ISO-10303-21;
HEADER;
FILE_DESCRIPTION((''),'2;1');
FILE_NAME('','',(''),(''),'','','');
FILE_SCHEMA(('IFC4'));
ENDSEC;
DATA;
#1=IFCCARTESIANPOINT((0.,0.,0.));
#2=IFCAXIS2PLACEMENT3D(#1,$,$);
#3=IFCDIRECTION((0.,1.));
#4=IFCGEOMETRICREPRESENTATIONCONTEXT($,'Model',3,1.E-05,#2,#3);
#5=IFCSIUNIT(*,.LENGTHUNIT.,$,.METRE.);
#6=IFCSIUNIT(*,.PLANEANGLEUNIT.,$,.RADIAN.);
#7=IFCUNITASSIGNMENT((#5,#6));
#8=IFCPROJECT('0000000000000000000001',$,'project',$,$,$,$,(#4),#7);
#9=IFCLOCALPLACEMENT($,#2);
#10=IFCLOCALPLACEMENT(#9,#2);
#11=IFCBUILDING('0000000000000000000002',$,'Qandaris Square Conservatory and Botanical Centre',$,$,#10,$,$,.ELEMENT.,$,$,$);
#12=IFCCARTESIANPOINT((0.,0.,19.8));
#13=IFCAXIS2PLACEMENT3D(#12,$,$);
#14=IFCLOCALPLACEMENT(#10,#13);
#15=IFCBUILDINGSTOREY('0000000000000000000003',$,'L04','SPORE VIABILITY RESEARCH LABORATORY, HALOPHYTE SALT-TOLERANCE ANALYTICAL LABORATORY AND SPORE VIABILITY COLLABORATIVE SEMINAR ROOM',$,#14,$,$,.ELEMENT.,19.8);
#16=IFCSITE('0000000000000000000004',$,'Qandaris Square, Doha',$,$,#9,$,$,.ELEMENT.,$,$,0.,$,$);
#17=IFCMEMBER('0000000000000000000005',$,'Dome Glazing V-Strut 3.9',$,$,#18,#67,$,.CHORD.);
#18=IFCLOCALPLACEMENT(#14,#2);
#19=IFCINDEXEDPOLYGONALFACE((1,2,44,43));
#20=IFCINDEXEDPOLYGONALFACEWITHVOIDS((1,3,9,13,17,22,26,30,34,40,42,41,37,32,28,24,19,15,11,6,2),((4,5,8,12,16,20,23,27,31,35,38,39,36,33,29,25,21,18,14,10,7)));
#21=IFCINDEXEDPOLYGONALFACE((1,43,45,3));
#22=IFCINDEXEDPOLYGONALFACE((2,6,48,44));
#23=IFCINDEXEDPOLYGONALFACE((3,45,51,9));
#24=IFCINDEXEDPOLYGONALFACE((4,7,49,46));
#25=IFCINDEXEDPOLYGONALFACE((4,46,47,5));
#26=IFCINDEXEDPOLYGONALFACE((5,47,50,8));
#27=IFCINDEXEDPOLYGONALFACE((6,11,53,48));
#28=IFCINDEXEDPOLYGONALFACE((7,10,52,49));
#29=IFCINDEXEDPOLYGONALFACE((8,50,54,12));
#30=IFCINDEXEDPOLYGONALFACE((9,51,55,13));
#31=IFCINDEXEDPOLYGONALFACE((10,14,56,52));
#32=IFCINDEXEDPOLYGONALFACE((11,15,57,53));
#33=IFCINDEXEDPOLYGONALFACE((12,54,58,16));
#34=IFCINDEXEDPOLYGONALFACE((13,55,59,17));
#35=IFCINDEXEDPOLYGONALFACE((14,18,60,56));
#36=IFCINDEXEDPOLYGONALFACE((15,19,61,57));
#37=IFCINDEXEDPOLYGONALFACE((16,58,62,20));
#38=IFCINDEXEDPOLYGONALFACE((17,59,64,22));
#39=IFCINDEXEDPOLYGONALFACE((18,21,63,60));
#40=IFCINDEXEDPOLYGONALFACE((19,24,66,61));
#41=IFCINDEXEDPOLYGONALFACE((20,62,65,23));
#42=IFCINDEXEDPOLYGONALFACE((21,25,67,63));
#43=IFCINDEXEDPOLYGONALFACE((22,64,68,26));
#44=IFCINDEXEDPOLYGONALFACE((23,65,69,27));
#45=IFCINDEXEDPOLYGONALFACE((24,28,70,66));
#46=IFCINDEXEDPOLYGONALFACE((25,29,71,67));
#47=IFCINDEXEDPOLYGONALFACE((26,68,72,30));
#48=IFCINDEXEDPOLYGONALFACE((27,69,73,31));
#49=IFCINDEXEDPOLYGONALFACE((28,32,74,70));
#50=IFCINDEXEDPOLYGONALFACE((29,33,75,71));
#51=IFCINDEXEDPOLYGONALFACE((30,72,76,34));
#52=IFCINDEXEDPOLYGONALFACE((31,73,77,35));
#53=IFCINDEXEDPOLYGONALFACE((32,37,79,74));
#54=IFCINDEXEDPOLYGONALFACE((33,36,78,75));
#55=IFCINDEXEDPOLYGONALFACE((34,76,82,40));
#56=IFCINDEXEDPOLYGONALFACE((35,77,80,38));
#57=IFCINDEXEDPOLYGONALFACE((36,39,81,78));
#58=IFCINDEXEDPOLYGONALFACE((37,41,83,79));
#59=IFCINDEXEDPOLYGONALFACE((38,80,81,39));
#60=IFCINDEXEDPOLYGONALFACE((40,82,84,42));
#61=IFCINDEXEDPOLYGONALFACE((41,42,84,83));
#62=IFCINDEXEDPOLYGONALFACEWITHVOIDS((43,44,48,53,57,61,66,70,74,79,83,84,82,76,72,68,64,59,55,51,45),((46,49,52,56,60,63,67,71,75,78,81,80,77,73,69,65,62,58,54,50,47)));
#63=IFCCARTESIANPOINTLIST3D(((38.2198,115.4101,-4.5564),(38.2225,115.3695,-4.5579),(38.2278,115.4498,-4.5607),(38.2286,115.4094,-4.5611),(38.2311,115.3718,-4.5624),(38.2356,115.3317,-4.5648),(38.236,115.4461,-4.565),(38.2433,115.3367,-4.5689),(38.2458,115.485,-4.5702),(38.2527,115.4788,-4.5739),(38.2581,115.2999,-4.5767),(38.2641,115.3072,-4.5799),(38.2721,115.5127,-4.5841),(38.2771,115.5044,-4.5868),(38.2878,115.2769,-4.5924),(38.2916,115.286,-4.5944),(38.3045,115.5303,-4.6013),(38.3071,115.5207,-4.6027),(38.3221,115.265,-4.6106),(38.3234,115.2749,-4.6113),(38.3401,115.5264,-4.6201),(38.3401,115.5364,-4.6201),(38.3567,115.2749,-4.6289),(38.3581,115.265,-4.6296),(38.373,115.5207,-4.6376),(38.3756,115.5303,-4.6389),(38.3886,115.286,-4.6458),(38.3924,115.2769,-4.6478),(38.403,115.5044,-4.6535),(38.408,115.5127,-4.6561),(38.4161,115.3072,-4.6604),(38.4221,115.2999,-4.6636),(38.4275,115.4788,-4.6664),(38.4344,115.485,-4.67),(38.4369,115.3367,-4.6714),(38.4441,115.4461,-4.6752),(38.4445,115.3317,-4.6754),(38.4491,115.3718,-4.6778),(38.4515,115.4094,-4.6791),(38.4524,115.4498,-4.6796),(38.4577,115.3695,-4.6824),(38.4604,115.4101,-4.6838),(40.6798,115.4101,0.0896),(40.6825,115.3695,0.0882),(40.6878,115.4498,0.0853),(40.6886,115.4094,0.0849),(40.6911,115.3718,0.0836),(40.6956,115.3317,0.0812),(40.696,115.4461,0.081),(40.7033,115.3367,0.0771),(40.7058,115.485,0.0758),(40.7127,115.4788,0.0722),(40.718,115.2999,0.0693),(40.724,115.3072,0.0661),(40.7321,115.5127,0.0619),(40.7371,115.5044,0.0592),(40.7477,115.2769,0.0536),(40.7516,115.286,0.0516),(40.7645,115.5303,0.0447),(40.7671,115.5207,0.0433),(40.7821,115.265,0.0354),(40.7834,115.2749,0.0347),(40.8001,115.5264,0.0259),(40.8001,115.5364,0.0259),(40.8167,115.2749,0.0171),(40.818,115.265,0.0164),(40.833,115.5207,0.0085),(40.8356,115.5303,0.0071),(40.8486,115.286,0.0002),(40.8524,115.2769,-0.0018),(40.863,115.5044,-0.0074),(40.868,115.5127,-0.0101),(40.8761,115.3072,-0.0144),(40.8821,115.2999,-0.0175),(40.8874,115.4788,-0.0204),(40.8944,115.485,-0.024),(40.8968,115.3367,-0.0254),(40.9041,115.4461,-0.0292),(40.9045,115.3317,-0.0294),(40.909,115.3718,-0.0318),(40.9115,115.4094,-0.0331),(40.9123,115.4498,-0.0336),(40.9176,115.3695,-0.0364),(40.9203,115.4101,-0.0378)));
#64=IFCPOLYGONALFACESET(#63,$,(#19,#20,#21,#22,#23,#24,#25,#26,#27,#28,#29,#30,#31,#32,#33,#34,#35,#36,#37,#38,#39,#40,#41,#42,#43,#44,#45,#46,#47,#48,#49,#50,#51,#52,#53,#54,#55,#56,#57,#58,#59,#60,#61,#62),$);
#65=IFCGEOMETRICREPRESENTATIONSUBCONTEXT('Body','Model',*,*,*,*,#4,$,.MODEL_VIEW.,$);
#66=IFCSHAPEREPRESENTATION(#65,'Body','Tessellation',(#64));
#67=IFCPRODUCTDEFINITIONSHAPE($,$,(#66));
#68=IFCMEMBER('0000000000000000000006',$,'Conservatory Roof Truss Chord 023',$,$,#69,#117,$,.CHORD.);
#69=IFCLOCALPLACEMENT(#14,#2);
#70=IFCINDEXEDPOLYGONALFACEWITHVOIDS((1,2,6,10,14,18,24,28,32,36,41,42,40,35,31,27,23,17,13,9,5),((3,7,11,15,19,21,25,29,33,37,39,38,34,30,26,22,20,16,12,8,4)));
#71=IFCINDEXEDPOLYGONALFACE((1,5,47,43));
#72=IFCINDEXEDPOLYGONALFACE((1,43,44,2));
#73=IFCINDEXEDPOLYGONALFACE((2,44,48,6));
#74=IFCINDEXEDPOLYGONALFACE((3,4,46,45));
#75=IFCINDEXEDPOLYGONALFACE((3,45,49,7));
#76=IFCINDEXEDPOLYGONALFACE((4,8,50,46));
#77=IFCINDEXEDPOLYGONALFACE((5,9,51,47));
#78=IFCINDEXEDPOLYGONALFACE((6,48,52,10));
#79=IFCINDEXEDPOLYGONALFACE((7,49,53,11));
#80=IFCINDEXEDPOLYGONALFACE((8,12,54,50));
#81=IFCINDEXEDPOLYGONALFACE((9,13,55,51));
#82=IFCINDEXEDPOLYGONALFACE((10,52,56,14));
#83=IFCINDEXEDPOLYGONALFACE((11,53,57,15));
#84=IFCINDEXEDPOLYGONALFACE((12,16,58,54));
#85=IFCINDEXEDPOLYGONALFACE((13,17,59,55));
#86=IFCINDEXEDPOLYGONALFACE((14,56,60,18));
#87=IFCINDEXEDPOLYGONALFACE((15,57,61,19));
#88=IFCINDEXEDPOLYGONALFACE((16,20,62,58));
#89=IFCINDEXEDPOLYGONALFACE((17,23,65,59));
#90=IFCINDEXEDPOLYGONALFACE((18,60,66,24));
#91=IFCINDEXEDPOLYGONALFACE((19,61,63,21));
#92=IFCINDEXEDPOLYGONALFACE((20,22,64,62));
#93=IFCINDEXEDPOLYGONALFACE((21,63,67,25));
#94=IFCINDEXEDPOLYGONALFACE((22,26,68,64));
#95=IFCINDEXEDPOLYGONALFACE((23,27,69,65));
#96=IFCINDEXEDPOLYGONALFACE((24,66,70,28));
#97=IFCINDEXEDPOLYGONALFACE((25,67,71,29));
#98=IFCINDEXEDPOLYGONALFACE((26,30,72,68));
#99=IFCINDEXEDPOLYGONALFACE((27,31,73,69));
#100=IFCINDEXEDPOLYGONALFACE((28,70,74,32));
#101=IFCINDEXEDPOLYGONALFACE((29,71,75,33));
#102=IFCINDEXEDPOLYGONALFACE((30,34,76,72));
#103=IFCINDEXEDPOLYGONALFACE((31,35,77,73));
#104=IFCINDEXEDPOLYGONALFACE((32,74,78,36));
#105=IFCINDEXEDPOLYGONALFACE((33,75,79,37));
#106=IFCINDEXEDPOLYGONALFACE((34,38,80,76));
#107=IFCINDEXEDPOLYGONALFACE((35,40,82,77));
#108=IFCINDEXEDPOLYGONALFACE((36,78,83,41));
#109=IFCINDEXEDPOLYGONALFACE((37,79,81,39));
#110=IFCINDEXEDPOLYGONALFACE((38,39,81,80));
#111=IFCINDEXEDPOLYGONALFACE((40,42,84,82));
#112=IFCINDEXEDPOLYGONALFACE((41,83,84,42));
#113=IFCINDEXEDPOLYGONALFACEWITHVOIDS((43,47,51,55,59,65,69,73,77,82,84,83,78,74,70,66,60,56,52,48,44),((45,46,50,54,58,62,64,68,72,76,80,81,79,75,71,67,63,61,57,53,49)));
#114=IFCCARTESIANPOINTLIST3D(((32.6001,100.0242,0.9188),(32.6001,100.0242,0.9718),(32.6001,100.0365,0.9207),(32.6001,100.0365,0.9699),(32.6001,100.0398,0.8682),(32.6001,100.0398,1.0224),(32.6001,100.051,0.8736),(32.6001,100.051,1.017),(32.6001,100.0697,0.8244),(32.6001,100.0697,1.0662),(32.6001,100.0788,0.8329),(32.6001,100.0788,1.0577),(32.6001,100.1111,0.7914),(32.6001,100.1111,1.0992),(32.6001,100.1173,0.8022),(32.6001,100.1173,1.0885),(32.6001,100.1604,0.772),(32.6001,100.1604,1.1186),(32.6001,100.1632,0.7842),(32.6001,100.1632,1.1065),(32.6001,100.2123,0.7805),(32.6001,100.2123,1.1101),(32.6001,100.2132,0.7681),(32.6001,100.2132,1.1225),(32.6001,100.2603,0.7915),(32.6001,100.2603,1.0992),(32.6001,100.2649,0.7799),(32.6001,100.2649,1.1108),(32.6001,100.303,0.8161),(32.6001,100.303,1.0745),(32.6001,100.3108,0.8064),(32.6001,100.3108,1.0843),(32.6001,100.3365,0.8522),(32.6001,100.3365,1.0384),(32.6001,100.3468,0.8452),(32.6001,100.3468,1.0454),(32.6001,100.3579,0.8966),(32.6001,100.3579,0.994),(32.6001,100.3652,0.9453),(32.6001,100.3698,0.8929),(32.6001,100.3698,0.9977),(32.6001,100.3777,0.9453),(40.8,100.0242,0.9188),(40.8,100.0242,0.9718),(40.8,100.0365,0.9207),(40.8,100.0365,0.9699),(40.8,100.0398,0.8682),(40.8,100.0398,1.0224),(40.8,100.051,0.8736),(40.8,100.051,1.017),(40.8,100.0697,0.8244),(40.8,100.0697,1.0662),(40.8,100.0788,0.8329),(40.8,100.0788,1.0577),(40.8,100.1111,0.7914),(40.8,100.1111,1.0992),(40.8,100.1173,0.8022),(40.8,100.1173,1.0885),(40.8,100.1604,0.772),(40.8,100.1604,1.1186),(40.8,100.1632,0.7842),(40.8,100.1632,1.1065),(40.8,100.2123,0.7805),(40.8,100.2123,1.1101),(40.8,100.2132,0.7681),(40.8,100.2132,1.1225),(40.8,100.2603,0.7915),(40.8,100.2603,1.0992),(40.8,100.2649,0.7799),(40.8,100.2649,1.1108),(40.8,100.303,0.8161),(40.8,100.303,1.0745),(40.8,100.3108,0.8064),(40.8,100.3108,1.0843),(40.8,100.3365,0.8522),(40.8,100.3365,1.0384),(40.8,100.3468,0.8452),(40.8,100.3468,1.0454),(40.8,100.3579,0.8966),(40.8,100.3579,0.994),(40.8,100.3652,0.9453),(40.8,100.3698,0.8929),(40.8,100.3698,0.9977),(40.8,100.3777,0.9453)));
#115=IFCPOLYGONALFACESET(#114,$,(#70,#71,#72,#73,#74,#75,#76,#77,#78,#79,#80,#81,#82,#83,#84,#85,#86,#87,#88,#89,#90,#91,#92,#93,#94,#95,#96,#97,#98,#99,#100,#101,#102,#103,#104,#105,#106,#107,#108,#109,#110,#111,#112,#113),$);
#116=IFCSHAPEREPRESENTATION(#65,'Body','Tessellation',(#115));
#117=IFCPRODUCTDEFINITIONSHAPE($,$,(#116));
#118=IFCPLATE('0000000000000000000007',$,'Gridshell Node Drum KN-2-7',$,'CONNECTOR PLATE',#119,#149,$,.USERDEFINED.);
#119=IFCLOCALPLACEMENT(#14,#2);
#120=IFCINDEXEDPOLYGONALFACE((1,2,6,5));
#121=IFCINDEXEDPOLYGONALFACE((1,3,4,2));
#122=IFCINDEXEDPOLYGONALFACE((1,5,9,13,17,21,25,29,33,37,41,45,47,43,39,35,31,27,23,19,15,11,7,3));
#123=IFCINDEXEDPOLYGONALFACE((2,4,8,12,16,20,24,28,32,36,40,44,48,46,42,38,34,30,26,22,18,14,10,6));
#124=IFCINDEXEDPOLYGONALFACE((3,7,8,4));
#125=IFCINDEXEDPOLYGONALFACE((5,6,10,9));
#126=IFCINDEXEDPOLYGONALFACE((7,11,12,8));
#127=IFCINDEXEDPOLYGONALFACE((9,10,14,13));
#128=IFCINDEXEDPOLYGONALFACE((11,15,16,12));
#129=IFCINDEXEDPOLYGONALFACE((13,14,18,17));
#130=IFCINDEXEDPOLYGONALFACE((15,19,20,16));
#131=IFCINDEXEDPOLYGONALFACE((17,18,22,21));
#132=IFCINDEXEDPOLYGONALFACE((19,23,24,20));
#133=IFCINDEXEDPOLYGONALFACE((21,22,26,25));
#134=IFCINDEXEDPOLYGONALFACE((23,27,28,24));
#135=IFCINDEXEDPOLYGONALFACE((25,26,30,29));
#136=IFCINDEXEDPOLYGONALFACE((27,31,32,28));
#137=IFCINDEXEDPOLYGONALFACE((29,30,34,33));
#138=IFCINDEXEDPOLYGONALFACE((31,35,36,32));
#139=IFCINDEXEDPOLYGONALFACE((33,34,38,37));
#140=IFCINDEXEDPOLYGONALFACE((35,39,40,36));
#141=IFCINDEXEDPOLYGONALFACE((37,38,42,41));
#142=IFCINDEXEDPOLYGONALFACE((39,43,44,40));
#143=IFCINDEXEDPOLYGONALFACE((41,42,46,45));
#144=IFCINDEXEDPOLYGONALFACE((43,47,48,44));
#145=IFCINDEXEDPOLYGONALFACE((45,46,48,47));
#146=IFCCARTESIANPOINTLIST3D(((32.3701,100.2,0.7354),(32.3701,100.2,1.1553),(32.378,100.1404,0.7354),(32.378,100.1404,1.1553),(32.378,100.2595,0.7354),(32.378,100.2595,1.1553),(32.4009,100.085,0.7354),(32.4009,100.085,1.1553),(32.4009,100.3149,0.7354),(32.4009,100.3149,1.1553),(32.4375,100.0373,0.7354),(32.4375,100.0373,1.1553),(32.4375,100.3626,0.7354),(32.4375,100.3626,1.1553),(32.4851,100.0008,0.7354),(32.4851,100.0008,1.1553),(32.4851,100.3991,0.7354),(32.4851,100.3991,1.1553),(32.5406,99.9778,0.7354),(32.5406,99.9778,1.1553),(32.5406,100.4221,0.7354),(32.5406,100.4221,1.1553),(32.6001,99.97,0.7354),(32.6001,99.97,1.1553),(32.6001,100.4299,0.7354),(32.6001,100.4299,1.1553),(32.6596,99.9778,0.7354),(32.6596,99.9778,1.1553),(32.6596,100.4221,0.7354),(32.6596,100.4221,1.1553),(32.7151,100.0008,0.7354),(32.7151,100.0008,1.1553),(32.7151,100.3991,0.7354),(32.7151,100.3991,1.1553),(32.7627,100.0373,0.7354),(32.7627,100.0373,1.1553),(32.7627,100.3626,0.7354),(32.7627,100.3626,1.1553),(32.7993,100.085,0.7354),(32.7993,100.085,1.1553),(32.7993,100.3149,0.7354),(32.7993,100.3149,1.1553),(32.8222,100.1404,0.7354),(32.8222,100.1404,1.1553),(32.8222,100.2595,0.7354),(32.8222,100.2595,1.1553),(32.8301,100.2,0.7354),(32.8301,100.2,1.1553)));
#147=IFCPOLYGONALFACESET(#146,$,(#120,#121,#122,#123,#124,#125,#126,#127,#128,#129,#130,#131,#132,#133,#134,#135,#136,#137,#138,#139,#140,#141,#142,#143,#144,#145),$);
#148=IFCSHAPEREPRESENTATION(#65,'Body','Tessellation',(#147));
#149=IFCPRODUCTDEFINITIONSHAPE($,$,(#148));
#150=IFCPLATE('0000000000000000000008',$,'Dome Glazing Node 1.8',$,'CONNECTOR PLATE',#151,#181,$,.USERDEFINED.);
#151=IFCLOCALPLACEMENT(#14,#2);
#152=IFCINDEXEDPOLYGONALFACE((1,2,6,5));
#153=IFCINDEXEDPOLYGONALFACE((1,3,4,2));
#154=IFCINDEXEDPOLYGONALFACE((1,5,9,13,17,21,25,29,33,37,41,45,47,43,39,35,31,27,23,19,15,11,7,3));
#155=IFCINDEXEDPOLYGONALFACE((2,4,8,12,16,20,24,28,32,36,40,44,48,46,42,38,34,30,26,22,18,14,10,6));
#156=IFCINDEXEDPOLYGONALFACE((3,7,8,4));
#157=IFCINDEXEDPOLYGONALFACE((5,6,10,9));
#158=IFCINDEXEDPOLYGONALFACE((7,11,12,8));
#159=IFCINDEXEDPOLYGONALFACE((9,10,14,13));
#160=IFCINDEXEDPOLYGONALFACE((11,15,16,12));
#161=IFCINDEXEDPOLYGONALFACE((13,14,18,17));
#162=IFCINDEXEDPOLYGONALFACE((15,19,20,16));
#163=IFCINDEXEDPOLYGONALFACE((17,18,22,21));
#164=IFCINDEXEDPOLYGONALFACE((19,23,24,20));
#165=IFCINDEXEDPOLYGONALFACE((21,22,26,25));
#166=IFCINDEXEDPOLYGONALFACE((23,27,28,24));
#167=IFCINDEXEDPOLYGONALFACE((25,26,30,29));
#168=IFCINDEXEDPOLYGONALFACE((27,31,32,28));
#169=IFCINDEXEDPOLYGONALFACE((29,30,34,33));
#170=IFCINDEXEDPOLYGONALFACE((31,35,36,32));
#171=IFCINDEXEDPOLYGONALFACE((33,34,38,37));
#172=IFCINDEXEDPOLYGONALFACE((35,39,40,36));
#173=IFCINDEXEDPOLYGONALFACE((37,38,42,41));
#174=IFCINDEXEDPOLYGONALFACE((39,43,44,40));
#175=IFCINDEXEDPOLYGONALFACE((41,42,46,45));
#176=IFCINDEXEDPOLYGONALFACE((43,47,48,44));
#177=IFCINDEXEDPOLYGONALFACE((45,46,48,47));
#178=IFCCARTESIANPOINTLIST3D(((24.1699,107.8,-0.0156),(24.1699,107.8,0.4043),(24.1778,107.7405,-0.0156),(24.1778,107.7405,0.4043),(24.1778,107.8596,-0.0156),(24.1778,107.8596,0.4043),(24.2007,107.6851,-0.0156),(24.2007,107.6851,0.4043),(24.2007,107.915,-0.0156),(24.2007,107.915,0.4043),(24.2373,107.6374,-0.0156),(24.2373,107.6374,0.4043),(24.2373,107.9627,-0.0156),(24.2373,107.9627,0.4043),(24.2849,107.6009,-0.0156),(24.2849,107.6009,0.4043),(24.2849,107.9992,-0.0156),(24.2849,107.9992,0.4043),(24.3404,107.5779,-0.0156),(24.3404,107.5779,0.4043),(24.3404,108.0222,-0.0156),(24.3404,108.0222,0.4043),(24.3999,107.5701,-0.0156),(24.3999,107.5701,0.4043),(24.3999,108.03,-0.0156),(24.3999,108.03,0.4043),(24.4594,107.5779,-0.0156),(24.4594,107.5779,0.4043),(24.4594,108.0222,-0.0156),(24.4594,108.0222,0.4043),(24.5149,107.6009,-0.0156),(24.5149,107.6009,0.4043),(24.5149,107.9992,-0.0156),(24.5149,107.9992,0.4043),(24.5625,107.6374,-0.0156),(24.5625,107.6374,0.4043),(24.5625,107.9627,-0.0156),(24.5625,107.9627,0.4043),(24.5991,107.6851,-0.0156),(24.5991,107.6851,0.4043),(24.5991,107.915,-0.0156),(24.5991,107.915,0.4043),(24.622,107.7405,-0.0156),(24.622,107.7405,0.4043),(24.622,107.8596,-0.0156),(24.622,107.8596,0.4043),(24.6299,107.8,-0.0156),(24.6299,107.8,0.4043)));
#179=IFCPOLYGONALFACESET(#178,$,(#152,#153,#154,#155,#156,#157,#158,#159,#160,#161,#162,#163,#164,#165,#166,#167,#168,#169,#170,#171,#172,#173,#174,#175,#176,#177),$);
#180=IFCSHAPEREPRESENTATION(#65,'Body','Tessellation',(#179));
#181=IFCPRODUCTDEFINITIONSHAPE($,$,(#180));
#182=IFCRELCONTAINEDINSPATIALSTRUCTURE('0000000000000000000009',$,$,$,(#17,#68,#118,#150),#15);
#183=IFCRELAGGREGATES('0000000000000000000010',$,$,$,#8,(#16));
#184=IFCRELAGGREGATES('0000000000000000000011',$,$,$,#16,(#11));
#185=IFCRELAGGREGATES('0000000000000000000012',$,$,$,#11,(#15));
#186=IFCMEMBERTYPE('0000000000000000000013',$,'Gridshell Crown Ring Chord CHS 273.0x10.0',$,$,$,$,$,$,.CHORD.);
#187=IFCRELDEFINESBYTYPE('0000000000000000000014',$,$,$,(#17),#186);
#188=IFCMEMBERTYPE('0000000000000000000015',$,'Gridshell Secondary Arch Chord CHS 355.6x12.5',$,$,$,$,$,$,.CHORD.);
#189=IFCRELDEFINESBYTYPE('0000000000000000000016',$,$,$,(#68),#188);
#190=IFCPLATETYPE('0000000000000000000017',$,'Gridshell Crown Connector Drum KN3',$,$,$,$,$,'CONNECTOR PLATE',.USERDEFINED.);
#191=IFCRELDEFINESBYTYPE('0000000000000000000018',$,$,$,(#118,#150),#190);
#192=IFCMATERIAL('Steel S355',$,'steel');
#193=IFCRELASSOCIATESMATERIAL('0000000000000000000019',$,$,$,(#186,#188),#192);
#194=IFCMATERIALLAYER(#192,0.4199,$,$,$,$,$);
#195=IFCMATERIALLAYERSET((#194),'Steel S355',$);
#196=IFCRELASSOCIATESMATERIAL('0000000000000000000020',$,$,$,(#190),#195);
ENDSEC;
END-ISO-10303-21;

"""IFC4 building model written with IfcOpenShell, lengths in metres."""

from ifc_helpers import new_model, si_unit, direction, frame, origin, origin_2d, place, context, subcontext, project, spatial, circle, hollow_circle, extrude, material, layer, layer_set, material_profile, profile_set, type_object, element, save


model = new_model("IFC4")

# Units and contexts
model_context = context("Model", 3, precision=1e-05, world=origin(), true_north=direction((0.0, 1.0)))
body_context = subcontext(model_context, "Body", "Model", "MODEL_VIEW")
ifc_project = project(units=[si_unit("LENGTHUNIT", "METRE"), si_unit("PLANEANGLEUNIT", "RADIAN")], contexts=[model_context])

# Site, building, storey
site_placement = place(None, origin())
site = spatial("IfcSite", under=ifc_project, at=site_placement, Name="Qandaris Square, Doha", CompositionType="ELEMENT", RefElevation=0.0)
building_placement = place(site_placement, origin())
building = spatial("IfcBuilding", under=site, at=building_placement, Name="Qandaris Square Conservatory and Botanical Centre", CompositionType="ELEMENT")
storey_placement = place(building_placement, frame((0.0, 0.0, 19.8)))
storey = spatial("IfcBuildingStorey", under=building, at=storey_placement, Name="L04", Description="SPORE VIABILITY RESEARCH LABORATORY, HALOPHYTE SALT-TOLERANCE ANALYTICAL LABORATORY AND SPORE VIABILITY COLLABORATIVE SEMINAR ROOM", CompositionType="ELEMENT", Elevation=19.8)

# Members
ifc_material = material(Name="Steel S355", Category="steel")
ifc_material_profile_1 = material_profile(ifc_material, hollow_circle(Radius=0.1365, WallThickness=0.01, at=origin_2d()), Name="CHS 273.0x10.0")
ifc_profile_set_1 = profile_set([ifc_material_profile_1], Name="Steel S355")
member_type_1 = type_object("IfcMemberType", Name="Gridshell Crown Ring Chord CHS 273.0x10.0", PredefinedType="CHORD", material=ifc_profile_set_1)
member_1_placement = place(storey_placement, frame((38.3401, 115.3999, -4.6201), z_axis=(0.467935, 0.0, 0.883763), x_axis=(0.0, 1.0, 0.0)))
element("IfcMember", 1, at=member_1_placement, inside=storey, type_object=member_type_1, Name="Dome Glazing V-Strut 3.9", PredefinedType="CHORD", context=body_context, shape_type="SweptSolid", body=[
    extrude(hollow_circle(Radius=0.1365, WallThickness=0.01, at=origin_2d()), origin(), (0.0, 0.0, 1.0), 5.2571),
])
ifc_material_profile_2 = material_profile(ifc_material, hollow_circle(Radius=0.1777, WallThickness=0.0125, at=origin_2d()), Name="CHS 355.6x12.5")
ifc_profile_set_2 = profile_set([ifc_material_profile_2], Name="Steel S355")
member_type_2 = type_object("IfcMemberType", Name="Gridshell Secondary Arch Chord CHS 355.6x12.5", PredefinedType="CHORD", material=ifc_profile_set_2)
member_2_placement = place(storey_placement, frame((32.6001, 100.2, 0.9453), z_axis=(1.0, 0.0, 0.0), x_axis=(0.0, 1.0, 0.0)))
element("IfcMember", 2, at=member_2_placement, inside=storey, type_object=member_type_2, Name="Conservatory Roof Truss Chord 023", PredefinedType="CHORD", context=body_context, shape_type="SweptSolid", body=[
    extrude(hollow_circle(Radius=0.1777, WallThickness=0.0125, at=origin_2d()), origin(), (0.0, 0.0, 1.0), 8.2),
])

# Plates
ifc_layer_1 = layer(ifc_material, 0.4199)
ifc_layer_set_1 = layer_set([ifc_layer_1], Name="Steel S355")
plate_type = type_object("IfcPlateType", Name="Gridshell Crown Connector Drum KN3", ElementType="CONNECTOR PLATE", PredefinedType="USERDEFINED", material=ifc_layer_set_1)
for number, where, z_axis, x_axis, name in (
    (3, (32.6001, 100.2, 0.7354), (0.0, 0.0, 1.0), (1.0, 0.0, 0.0), "Gridshell Node Drum KN-2-7"),
    (4, (24.3999, 107.8, -0.0156), (0.0, 0.0, 1.0), (1.0, 0.0, 0.0), "Dome Glazing Node 1.8"),
):
    element("IfcPlate", number, at=place(storey_placement, frame(where, z_axis=z_axis, x_axis=x_axis)), inside=storey, type_object=plate_type, Name=name, ObjectType="CONNECTOR PLATE", PredefinedType="USERDEFINED", context=body_context, shape_type="SweptSolid", body=[
        extrude(circle(Radius=0.23, at=origin_2d()), origin(), (0.0, 0.0, 1.0), 0.4199),
    ])

save(model, "model.ifc")
